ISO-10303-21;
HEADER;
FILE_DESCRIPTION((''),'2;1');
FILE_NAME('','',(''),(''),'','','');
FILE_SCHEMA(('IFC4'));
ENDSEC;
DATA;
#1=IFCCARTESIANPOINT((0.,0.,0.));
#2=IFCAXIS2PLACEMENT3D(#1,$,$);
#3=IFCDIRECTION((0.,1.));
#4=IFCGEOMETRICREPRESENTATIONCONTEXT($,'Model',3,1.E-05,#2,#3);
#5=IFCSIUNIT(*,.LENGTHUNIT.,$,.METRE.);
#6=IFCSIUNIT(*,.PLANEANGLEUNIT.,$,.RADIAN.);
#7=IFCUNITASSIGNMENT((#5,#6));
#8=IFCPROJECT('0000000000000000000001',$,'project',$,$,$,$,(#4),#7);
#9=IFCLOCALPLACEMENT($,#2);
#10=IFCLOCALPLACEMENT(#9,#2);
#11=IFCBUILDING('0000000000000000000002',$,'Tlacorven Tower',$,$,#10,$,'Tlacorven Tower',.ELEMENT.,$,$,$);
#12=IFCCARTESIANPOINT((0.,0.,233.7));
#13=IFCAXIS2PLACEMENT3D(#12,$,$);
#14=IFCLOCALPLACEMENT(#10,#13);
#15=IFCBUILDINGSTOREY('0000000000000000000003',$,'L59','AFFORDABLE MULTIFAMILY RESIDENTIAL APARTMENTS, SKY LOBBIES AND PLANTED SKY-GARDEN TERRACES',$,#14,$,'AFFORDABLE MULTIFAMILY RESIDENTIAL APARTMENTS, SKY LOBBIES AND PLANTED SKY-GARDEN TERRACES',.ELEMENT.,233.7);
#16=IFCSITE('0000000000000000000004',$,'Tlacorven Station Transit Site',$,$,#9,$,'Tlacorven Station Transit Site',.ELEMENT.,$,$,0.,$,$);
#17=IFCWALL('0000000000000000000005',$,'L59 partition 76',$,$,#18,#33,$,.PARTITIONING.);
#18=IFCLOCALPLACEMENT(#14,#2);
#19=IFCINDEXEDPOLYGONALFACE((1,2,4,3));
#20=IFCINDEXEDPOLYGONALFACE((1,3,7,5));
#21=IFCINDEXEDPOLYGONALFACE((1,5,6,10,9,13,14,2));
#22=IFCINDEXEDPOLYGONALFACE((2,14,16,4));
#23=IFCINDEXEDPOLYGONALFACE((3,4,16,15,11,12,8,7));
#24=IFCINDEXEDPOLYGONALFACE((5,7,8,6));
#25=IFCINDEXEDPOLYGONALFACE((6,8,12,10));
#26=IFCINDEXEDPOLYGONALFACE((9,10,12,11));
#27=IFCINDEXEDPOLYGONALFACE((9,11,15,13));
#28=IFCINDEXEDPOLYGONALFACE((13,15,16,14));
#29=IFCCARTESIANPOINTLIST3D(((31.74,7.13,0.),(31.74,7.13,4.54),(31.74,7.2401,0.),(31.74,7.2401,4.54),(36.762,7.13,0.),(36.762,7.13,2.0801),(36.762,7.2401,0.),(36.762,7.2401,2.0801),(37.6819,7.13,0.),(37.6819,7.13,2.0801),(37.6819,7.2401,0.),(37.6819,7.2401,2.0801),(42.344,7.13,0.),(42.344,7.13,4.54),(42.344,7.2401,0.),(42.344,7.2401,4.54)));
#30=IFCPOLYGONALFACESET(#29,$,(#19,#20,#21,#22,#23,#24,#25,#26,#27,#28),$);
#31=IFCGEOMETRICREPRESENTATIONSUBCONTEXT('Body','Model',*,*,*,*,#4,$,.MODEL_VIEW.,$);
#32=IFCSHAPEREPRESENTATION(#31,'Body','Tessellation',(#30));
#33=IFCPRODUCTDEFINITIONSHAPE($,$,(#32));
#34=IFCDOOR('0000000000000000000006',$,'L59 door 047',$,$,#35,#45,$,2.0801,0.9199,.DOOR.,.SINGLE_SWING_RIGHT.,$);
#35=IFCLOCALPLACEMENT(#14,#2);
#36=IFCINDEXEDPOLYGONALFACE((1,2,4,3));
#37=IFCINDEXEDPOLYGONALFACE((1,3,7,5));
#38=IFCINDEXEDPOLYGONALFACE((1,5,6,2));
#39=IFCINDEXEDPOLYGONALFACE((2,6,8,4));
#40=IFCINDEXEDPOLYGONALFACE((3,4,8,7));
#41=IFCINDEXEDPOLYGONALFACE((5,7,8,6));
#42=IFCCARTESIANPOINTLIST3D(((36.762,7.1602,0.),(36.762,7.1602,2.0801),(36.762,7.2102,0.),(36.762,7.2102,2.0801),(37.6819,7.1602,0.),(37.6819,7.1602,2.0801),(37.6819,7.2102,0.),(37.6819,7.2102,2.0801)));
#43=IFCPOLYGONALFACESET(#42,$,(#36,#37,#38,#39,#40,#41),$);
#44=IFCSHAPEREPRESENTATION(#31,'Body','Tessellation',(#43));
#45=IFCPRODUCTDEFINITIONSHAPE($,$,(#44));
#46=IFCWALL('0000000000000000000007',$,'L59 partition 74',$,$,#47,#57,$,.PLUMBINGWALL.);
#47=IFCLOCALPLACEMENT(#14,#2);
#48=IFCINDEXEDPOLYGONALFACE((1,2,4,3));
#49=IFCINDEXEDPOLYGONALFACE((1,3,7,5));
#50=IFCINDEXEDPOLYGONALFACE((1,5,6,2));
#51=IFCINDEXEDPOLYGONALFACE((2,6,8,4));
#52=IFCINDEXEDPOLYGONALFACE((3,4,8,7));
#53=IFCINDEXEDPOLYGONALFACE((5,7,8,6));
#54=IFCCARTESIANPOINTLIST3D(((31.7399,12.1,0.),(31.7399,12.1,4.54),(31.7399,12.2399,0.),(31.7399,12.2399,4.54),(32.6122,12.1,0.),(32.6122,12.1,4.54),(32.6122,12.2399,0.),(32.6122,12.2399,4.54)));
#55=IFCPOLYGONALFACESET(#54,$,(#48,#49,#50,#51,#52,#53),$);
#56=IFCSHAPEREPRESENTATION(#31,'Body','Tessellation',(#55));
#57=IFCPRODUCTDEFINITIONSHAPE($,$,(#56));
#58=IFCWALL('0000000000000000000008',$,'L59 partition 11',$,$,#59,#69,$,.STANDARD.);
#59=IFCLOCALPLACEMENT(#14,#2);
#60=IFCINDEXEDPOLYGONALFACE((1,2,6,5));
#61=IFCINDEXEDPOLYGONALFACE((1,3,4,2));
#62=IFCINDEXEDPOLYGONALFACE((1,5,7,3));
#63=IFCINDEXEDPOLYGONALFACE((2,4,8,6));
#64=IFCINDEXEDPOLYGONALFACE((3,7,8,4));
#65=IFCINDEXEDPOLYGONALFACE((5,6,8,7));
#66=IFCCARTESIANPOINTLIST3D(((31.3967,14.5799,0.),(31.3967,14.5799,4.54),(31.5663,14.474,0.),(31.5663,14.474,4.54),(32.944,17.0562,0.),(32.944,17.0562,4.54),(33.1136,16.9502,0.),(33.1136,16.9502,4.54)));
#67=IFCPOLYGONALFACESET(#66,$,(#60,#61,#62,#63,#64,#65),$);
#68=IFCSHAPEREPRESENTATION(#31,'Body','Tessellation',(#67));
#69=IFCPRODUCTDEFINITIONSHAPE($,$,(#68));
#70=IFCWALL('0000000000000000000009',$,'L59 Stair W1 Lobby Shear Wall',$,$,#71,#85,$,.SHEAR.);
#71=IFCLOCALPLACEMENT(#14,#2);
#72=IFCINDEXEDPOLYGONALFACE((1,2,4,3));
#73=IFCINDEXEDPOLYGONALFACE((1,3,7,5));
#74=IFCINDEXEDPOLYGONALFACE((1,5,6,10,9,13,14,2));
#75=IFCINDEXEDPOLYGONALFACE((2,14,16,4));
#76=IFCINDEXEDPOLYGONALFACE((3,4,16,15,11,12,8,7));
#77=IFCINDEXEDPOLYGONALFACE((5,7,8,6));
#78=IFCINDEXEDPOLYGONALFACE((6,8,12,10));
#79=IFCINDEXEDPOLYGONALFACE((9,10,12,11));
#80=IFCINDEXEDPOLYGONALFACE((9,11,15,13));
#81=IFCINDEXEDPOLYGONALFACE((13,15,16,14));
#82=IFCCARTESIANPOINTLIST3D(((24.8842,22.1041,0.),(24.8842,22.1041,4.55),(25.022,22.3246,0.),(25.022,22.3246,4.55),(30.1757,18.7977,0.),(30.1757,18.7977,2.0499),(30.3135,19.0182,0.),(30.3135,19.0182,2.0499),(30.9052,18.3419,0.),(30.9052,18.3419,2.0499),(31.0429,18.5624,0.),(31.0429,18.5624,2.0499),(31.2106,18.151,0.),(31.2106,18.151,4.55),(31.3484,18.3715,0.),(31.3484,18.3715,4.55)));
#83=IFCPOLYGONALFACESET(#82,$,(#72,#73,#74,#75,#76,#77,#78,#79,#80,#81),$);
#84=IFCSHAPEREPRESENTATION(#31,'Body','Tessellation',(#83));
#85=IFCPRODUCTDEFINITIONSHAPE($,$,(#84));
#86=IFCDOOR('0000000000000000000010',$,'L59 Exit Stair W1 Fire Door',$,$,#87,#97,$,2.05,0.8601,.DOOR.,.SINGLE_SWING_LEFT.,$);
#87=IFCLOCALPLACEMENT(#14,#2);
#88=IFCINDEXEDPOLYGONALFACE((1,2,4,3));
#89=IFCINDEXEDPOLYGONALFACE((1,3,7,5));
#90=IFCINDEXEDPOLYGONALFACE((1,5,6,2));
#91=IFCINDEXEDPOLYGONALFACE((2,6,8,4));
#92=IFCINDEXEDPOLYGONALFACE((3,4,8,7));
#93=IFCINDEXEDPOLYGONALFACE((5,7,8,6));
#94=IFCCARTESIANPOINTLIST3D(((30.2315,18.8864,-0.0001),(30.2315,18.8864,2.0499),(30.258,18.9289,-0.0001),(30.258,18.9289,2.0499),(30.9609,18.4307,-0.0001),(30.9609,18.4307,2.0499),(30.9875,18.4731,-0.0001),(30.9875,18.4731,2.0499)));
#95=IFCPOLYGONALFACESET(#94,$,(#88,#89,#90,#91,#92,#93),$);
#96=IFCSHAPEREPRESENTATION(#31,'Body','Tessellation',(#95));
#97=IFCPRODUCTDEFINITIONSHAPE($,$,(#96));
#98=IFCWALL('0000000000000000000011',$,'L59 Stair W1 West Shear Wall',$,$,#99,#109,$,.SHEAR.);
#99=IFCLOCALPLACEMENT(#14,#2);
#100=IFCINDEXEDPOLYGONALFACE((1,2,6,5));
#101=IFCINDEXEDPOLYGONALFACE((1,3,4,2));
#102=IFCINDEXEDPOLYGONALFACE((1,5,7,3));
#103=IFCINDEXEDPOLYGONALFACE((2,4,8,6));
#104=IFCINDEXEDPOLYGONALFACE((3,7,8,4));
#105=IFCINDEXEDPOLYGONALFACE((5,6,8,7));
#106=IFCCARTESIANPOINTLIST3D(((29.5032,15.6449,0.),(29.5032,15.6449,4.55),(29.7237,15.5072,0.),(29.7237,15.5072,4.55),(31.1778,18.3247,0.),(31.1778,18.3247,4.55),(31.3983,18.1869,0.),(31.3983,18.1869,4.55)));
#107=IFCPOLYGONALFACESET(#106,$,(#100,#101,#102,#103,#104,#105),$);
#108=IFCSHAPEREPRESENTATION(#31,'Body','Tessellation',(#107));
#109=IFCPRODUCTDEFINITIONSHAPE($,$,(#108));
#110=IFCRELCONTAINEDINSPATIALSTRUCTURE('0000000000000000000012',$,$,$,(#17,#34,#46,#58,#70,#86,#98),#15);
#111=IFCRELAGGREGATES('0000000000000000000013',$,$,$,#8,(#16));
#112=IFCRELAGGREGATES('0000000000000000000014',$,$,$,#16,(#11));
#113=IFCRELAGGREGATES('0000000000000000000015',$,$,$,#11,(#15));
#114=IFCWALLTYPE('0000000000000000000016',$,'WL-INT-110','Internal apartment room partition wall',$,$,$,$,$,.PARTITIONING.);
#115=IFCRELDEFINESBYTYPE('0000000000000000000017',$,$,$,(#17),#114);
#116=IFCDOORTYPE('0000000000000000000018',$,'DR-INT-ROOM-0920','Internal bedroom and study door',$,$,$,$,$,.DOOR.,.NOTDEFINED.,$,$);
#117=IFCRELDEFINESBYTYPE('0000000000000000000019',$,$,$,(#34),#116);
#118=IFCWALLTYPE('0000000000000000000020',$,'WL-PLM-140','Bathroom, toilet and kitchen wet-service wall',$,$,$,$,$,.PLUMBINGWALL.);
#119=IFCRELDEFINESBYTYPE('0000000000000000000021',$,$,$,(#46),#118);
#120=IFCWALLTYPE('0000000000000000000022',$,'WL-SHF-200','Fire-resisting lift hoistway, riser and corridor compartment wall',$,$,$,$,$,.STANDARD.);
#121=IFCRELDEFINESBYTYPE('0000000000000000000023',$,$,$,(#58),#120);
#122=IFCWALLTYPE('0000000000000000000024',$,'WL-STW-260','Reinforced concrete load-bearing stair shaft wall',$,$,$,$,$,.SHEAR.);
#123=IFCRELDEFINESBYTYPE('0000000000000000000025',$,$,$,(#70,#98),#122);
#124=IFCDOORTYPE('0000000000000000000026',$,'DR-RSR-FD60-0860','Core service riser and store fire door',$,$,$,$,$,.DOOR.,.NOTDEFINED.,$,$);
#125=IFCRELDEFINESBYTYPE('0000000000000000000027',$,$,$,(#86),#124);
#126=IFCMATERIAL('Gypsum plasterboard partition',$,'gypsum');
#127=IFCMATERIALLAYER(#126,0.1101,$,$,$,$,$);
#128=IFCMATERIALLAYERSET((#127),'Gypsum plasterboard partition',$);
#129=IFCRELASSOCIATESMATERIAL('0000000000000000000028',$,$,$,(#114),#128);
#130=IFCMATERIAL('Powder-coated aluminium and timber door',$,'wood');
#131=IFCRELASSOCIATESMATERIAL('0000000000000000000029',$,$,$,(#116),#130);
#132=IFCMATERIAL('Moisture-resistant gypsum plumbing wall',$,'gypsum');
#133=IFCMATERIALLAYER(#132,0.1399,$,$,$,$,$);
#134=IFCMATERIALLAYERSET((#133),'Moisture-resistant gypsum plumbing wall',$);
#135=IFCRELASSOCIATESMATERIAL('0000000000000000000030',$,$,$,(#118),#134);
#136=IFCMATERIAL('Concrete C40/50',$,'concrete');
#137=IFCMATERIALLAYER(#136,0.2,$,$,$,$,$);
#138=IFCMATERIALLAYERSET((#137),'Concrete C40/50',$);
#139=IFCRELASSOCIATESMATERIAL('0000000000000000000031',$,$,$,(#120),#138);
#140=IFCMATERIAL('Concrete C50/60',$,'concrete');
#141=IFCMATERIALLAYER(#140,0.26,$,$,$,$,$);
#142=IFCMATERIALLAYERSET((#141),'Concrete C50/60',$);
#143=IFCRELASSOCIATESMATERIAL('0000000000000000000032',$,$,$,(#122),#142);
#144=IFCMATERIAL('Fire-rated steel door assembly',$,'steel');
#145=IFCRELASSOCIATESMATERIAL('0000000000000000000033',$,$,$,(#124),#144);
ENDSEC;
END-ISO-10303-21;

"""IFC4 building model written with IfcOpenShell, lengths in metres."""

from ifc_helpers import new_model, si_unit, direction, frame, frame_2d, origin, place, context, subcontext, project, spatial, rectangle, extrude, source, transform, mapped, material, layer, layer_set, type_object, element, fill, save


model = new_model("IFC4")

# Units and contexts
model_context = context("Model", 3, precision=1e-05, world=origin(), true_north=direction((0.0, 1.0)))
body_context = subcontext(model_context, "Body", "Model", "MODEL_VIEW")
ifc_project = project(units=[si_unit("LENGTHUNIT", "METRE"), si_unit("PLANEANGLEUNIT", "RADIAN")], contexts=[model_context])

# Site, building, storey
site_placement = place(None, origin())
site = spatial("IfcSite", under=ifc_project, at=site_placement, Name="Tlacorven Station Transit Site", LongName="Tlacorven Station Transit Site", CompositionType="ELEMENT", RefElevation=0.0)
building_placement = place(site_placement, origin())
building = spatial("IfcBuilding", under=site, at=building_placement, Name="Tlacorven Tower", LongName="Tlacorven Tower", CompositionType="ELEMENT")
storey_placement = place(building_placement, frame((0.0, 0.0, 233.7)))
storey = spatial("IfcBuildingStorey", under=building, at=storey_placement, Name="L59", Description="AFFORDABLE MULTIFAMILY RESIDENTIAL APARTMENTS, SKY LOBBIES AND PLANTED SKY-GARDEN TERRACES", LongName="AFFORDABLE MULTIFAMILY RESIDENTIAL APARTMENTS, SKY LOBBIES AND PLANTED SKY-GARDEN TERRACES", CompositionType="ELEMENT", Elevation=233.7)

# Shared definitions
ifc_material_1 = material(Name="Concrete C50/60", Category="concrete")

# Shared definitions
ifc_material_2 = material(Name="Fire-rated steel door assembly", Category="steel")
ifc_material_3 = material(Name="Powder-coated aluminium and timber door", Category="wood")

# Wall, opening, door
ifc_material_4 = material(Name="Gypsum plasterboard partition", Category="gypsum")
ifc_layer_1 = layer(ifc_material_4, 0.1101)
ifc_layer_set_1 = layer_set([ifc_layer_1], Name="Gypsum plasterboard partition")
wall_type_1 = type_object("IfcWallType", Name="WL-INT-110", Description="Internal apartment room partition wall", PredefinedType="PARTITIONING", material=ifc_layer_set_1)
wall_1_placement = place(storey_placement, frame((31.74, 7.1851, 0.0), z_axis=(0.0, 0.0, 1.0), x_axis=(1.0, 0.0, 0.0)))
wall_1 = element("IfcWall", 1, at=wall_1_placement, inside=storey, type_object=wall_type_1, Name="L59 partition 76", PredefinedType="PARTITIONING", context=body_context, shape_type="SweptSolid", body=[
    extrude(rectangle(XDim=10.604, YDim=0.1101, at=frame_2d((5.302, 0.0))), origin(), (0.0, 0.0, 1.0), 4.54),
])
opening_1_placement = place(wall_1_placement, frame((5.022, 0.0, 0.0)))
opening_1 = element("IfcOpeningElement", 2, at=opening_1_placement, cuts=wall_1, PredefinedType="OPENING", context=body_context, shape_type="SweptSolid", body=[
    extrude(rectangle(XDim=0.9199, YDim=2.0801, at=frame_2d((0.46, 1.04))), frame((0.0, 0.0649, 0.0), z_axis=(0.0, -1.0, 0.0), x_axis=(1.0, 0.0, 0.0)), (0.0, 0.0, 1.0), 0.1301),
])
door_type_1 = type_object("IfcDoorType", Name="DR-INT-ROOM-0920", Description="Internal bedroom and study door", OperationType="NOTDEFINED", PredefinedType="DOOR", material=ifc_material_3)
shared_shape_1 = source(origin(), body_context, "Body", "SweptSolid", [
    extrude(rectangle(XDim=0.9199, YDim=2.0801, at=frame_2d((0.46, 1.04))), frame((0.0, 0.0249, 0.0), z_axis=(0.0, -1.0, 0.0), x_axis=(1.0, 0.0, 0.0)), (0.0, 0.0, 1.0), 0.05),
])
door_1_placement = place(opening_1_placement, frame((0.9199, 0.0, 0.0), z_axis=(0.0, 0.0, 1.0), x_axis=(-1.0, 0.0, 0.0)))
door_1 = element("IfcDoor", 3, at=door_1_placement, inside=storey, type_object=door_type_1, Name="L59 door 047", OperationType="SINGLE_SWING_RIGHT", OverallHeight=2.0801, OverallWidth=0.9199, PredefinedType="DOOR", context=body_context, shape_type="MappedRepresentation", body=[
    mapped(shared_shape_1, transform((0.0, 0.0, 0.0), scale=1.0)),
])
fill(opening_1, door_1)

# Walls
ifc_material_5 = material(Name="Moisture-resistant gypsum plumbing wall", Category="gypsum")
ifc_layer_2 = layer(ifc_material_5, 0.1399)
ifc_layer_set_2 = layer_set([ifc_layer_2], Name="Moisture-resistant gypsum plumbing wall")
wall_type_2 = type_object("IfcWallType", Name="WL-PLM-140", Description="Bathroom, toilet and kitchen wet-service wall", PredefinedType="PLUMBINGWALL", material=ifc_layer_set_2)
wall_2_placement = place(storey_placement, frame((31.74, 12.1699, 0.0), z_axis=(0.0, 0.0, 1.0), x_axis=(1.0, 0.0, 0.0)))
element("IfcWall", 4, at=wall_2_placement, inside=storey, type_object=wall_type_2, Name="L59 partition 74", PredefinedType="PLUMBINGWALL", context=body_context, shape_type="SweptSolid", body=[
    extrude(rectangle(XDim=0.8723, YDim=0.1399, at=frame_2d((0.436, 0.0))), origin(), (0.0, 0.0, 1.0), 4.54),
])
ifc_material_6 = material(Name="Concrete C40/50", Category="concrete")
ifc_layer_3 = layer(ifc_material_6, 0.2)
ifc_layer_set_3 = layer_set([ifc_layer_3], Name="Concrete C40/50")
wall_type_3 = type_object("IfcWallType", Name="WL-SHF-200", Description="Fire-resisting lift hoistway, riser and corridor compartment wall", PredefinedType="STANDARD", material=ifc_layer_set_3)
wall_3_placement = place(storey_placement, frame((33.0288, 17.0032, 0.0), z_axis=(0.0, 0.0, 1.0), x_axis=(-0.529916, -0.84805, 0.0)))
element("IfcWall", 5, at=wall_3_placement, inside=storey, type_object=wall_type_3, Name="L59 partition 11", PredefinedType="STANDARD", context=body_context, shape_type="SweptSolid", body=[
    extrude(rectangle(XDim=2.9199, YDim=0.2, at=frame_2d((1.46, 0.0))), origin(), (0.0, 0.0, 1.0), 4.54),
])

# Wall, opening, door
ifc_layer_4 = layer(ifc_material_1, 0.26)
ifc_layer_set_4 = layer_set([ifc_layer_4], Name="Concrete C50/60")
wall_type_4 = type_object("IfcWallType", Name="WL-STW-260", Description="Reinforced concrete load-bearing stair shaft wall", PredefinedType="SHEAR", material=ifc_layer_set_4)
wall_4_placement = place(storey_placement, frame((31.2795, 18.2612, 0.0), z_axis=(0.0, 0.0, 1.0), x_axis=(-0.848052, 0.529914, 0.0)))
wall_4 = element("IfcWall", 6, at=wall_4_placement, inside=storey, type_object=wall_type_4, Name="L59 Stair W1 Lobby Shear Wall", PredefinedType="SHEAR", context=body_context, shape_type="SweptSolid", body=[
    extrude(rectangle(XDim=7.46, YDim=0.26, at=frame_2d((3.73, 0.0))), origin(), (0.0, 0.0, 1.0), 4.55),
])
opening_2_placement = place(wall_4_placement, frame((0.3601, 0.0, 0.0)))
opening_2 = element("IfcOpeningElement", 7, at=opening_2_placement, cuts=wall_4, PredefinedType="OPENING", context=body_context, shape_type="SweptSolid", body=[
    extrude(rectangle(XDim=0.8601, YDim=2.05, at=frame_2d((0.4302, 1.0249))), frame((0.0, 0.1401, 0.0), z_axis=(0.0, -1.0, 0.0), x_axis=(1.0, 0.0, 0.0)), (0.0, 0.0, 1.0), 0.28),
])
door_type_2 = type_object("IfcDoorType", Name="DR-RSR-FD60-0860", Description="Core service riser and store fire door", OperationType="NOTDEFINED", PredefinedType="DOOR", material=ifc_material_2)
shared_shape_2 = source(origin(), body_context, "Body", "SweptSolid", [
    extrude(rectangle(XDim=0.8601, YDim=2.05, at=frame_2d((0.4302, 1.0249))), frame((0.0, 0.0249, 0.0), z_axis=(0.0, -1.0, 0.0), x_axis=(1.0, 0.0, 0.0)), (0.0, 0.0, 1.0), 0.05),
])
door_2_placement = place(opening_2_placement, frame((0.8601, 0.0, 0.0), z_axis=(0.0, 0.0, 1.0), x_axis=(-1.0, 0.0, 0.0)))
door_2 = element("IfcDoor", 8, at=door_2_placement, inside=storey, type_object=door_type_2, Name="L59 Exit Stair W1 Fire Door", OperationType="SINGLE_SWING_LEFT", OverallHeight=2.05, OverallWidth=0.8601, PredefinedType="DOOR", context=body_context, shape_type="MappedRepresentation", body=[
    mapped(shared_shape_2, transform((0.0, 0.0, 0.0), scale=1.0)),
])
fill(opening_2, door_2)

# Wall
wall_5_placement = place(storey_placement, frame((31.2881, 18.2559, 0.0), z_axis=(0.0, 0.0, 1.0), x_axis=(-0.529943, -0.848033, 0.0)))
element("IfcWall", 9, at=wall_5_placement, inside=storey, type_object=wall_type_4, Name="L59 Stair W1 West Shear Wall", PredefinedType="SHEAR", context=body_context, shape_type="SweptSolid", body=[
    extrude(rectangle(XDim=3.1599, YDim=0.26, at=frame_2d((1.5801, 0.0))), origin(), (0.0, 0.0, 1.0), 4.55),
])

save(model, "model.ifc")
